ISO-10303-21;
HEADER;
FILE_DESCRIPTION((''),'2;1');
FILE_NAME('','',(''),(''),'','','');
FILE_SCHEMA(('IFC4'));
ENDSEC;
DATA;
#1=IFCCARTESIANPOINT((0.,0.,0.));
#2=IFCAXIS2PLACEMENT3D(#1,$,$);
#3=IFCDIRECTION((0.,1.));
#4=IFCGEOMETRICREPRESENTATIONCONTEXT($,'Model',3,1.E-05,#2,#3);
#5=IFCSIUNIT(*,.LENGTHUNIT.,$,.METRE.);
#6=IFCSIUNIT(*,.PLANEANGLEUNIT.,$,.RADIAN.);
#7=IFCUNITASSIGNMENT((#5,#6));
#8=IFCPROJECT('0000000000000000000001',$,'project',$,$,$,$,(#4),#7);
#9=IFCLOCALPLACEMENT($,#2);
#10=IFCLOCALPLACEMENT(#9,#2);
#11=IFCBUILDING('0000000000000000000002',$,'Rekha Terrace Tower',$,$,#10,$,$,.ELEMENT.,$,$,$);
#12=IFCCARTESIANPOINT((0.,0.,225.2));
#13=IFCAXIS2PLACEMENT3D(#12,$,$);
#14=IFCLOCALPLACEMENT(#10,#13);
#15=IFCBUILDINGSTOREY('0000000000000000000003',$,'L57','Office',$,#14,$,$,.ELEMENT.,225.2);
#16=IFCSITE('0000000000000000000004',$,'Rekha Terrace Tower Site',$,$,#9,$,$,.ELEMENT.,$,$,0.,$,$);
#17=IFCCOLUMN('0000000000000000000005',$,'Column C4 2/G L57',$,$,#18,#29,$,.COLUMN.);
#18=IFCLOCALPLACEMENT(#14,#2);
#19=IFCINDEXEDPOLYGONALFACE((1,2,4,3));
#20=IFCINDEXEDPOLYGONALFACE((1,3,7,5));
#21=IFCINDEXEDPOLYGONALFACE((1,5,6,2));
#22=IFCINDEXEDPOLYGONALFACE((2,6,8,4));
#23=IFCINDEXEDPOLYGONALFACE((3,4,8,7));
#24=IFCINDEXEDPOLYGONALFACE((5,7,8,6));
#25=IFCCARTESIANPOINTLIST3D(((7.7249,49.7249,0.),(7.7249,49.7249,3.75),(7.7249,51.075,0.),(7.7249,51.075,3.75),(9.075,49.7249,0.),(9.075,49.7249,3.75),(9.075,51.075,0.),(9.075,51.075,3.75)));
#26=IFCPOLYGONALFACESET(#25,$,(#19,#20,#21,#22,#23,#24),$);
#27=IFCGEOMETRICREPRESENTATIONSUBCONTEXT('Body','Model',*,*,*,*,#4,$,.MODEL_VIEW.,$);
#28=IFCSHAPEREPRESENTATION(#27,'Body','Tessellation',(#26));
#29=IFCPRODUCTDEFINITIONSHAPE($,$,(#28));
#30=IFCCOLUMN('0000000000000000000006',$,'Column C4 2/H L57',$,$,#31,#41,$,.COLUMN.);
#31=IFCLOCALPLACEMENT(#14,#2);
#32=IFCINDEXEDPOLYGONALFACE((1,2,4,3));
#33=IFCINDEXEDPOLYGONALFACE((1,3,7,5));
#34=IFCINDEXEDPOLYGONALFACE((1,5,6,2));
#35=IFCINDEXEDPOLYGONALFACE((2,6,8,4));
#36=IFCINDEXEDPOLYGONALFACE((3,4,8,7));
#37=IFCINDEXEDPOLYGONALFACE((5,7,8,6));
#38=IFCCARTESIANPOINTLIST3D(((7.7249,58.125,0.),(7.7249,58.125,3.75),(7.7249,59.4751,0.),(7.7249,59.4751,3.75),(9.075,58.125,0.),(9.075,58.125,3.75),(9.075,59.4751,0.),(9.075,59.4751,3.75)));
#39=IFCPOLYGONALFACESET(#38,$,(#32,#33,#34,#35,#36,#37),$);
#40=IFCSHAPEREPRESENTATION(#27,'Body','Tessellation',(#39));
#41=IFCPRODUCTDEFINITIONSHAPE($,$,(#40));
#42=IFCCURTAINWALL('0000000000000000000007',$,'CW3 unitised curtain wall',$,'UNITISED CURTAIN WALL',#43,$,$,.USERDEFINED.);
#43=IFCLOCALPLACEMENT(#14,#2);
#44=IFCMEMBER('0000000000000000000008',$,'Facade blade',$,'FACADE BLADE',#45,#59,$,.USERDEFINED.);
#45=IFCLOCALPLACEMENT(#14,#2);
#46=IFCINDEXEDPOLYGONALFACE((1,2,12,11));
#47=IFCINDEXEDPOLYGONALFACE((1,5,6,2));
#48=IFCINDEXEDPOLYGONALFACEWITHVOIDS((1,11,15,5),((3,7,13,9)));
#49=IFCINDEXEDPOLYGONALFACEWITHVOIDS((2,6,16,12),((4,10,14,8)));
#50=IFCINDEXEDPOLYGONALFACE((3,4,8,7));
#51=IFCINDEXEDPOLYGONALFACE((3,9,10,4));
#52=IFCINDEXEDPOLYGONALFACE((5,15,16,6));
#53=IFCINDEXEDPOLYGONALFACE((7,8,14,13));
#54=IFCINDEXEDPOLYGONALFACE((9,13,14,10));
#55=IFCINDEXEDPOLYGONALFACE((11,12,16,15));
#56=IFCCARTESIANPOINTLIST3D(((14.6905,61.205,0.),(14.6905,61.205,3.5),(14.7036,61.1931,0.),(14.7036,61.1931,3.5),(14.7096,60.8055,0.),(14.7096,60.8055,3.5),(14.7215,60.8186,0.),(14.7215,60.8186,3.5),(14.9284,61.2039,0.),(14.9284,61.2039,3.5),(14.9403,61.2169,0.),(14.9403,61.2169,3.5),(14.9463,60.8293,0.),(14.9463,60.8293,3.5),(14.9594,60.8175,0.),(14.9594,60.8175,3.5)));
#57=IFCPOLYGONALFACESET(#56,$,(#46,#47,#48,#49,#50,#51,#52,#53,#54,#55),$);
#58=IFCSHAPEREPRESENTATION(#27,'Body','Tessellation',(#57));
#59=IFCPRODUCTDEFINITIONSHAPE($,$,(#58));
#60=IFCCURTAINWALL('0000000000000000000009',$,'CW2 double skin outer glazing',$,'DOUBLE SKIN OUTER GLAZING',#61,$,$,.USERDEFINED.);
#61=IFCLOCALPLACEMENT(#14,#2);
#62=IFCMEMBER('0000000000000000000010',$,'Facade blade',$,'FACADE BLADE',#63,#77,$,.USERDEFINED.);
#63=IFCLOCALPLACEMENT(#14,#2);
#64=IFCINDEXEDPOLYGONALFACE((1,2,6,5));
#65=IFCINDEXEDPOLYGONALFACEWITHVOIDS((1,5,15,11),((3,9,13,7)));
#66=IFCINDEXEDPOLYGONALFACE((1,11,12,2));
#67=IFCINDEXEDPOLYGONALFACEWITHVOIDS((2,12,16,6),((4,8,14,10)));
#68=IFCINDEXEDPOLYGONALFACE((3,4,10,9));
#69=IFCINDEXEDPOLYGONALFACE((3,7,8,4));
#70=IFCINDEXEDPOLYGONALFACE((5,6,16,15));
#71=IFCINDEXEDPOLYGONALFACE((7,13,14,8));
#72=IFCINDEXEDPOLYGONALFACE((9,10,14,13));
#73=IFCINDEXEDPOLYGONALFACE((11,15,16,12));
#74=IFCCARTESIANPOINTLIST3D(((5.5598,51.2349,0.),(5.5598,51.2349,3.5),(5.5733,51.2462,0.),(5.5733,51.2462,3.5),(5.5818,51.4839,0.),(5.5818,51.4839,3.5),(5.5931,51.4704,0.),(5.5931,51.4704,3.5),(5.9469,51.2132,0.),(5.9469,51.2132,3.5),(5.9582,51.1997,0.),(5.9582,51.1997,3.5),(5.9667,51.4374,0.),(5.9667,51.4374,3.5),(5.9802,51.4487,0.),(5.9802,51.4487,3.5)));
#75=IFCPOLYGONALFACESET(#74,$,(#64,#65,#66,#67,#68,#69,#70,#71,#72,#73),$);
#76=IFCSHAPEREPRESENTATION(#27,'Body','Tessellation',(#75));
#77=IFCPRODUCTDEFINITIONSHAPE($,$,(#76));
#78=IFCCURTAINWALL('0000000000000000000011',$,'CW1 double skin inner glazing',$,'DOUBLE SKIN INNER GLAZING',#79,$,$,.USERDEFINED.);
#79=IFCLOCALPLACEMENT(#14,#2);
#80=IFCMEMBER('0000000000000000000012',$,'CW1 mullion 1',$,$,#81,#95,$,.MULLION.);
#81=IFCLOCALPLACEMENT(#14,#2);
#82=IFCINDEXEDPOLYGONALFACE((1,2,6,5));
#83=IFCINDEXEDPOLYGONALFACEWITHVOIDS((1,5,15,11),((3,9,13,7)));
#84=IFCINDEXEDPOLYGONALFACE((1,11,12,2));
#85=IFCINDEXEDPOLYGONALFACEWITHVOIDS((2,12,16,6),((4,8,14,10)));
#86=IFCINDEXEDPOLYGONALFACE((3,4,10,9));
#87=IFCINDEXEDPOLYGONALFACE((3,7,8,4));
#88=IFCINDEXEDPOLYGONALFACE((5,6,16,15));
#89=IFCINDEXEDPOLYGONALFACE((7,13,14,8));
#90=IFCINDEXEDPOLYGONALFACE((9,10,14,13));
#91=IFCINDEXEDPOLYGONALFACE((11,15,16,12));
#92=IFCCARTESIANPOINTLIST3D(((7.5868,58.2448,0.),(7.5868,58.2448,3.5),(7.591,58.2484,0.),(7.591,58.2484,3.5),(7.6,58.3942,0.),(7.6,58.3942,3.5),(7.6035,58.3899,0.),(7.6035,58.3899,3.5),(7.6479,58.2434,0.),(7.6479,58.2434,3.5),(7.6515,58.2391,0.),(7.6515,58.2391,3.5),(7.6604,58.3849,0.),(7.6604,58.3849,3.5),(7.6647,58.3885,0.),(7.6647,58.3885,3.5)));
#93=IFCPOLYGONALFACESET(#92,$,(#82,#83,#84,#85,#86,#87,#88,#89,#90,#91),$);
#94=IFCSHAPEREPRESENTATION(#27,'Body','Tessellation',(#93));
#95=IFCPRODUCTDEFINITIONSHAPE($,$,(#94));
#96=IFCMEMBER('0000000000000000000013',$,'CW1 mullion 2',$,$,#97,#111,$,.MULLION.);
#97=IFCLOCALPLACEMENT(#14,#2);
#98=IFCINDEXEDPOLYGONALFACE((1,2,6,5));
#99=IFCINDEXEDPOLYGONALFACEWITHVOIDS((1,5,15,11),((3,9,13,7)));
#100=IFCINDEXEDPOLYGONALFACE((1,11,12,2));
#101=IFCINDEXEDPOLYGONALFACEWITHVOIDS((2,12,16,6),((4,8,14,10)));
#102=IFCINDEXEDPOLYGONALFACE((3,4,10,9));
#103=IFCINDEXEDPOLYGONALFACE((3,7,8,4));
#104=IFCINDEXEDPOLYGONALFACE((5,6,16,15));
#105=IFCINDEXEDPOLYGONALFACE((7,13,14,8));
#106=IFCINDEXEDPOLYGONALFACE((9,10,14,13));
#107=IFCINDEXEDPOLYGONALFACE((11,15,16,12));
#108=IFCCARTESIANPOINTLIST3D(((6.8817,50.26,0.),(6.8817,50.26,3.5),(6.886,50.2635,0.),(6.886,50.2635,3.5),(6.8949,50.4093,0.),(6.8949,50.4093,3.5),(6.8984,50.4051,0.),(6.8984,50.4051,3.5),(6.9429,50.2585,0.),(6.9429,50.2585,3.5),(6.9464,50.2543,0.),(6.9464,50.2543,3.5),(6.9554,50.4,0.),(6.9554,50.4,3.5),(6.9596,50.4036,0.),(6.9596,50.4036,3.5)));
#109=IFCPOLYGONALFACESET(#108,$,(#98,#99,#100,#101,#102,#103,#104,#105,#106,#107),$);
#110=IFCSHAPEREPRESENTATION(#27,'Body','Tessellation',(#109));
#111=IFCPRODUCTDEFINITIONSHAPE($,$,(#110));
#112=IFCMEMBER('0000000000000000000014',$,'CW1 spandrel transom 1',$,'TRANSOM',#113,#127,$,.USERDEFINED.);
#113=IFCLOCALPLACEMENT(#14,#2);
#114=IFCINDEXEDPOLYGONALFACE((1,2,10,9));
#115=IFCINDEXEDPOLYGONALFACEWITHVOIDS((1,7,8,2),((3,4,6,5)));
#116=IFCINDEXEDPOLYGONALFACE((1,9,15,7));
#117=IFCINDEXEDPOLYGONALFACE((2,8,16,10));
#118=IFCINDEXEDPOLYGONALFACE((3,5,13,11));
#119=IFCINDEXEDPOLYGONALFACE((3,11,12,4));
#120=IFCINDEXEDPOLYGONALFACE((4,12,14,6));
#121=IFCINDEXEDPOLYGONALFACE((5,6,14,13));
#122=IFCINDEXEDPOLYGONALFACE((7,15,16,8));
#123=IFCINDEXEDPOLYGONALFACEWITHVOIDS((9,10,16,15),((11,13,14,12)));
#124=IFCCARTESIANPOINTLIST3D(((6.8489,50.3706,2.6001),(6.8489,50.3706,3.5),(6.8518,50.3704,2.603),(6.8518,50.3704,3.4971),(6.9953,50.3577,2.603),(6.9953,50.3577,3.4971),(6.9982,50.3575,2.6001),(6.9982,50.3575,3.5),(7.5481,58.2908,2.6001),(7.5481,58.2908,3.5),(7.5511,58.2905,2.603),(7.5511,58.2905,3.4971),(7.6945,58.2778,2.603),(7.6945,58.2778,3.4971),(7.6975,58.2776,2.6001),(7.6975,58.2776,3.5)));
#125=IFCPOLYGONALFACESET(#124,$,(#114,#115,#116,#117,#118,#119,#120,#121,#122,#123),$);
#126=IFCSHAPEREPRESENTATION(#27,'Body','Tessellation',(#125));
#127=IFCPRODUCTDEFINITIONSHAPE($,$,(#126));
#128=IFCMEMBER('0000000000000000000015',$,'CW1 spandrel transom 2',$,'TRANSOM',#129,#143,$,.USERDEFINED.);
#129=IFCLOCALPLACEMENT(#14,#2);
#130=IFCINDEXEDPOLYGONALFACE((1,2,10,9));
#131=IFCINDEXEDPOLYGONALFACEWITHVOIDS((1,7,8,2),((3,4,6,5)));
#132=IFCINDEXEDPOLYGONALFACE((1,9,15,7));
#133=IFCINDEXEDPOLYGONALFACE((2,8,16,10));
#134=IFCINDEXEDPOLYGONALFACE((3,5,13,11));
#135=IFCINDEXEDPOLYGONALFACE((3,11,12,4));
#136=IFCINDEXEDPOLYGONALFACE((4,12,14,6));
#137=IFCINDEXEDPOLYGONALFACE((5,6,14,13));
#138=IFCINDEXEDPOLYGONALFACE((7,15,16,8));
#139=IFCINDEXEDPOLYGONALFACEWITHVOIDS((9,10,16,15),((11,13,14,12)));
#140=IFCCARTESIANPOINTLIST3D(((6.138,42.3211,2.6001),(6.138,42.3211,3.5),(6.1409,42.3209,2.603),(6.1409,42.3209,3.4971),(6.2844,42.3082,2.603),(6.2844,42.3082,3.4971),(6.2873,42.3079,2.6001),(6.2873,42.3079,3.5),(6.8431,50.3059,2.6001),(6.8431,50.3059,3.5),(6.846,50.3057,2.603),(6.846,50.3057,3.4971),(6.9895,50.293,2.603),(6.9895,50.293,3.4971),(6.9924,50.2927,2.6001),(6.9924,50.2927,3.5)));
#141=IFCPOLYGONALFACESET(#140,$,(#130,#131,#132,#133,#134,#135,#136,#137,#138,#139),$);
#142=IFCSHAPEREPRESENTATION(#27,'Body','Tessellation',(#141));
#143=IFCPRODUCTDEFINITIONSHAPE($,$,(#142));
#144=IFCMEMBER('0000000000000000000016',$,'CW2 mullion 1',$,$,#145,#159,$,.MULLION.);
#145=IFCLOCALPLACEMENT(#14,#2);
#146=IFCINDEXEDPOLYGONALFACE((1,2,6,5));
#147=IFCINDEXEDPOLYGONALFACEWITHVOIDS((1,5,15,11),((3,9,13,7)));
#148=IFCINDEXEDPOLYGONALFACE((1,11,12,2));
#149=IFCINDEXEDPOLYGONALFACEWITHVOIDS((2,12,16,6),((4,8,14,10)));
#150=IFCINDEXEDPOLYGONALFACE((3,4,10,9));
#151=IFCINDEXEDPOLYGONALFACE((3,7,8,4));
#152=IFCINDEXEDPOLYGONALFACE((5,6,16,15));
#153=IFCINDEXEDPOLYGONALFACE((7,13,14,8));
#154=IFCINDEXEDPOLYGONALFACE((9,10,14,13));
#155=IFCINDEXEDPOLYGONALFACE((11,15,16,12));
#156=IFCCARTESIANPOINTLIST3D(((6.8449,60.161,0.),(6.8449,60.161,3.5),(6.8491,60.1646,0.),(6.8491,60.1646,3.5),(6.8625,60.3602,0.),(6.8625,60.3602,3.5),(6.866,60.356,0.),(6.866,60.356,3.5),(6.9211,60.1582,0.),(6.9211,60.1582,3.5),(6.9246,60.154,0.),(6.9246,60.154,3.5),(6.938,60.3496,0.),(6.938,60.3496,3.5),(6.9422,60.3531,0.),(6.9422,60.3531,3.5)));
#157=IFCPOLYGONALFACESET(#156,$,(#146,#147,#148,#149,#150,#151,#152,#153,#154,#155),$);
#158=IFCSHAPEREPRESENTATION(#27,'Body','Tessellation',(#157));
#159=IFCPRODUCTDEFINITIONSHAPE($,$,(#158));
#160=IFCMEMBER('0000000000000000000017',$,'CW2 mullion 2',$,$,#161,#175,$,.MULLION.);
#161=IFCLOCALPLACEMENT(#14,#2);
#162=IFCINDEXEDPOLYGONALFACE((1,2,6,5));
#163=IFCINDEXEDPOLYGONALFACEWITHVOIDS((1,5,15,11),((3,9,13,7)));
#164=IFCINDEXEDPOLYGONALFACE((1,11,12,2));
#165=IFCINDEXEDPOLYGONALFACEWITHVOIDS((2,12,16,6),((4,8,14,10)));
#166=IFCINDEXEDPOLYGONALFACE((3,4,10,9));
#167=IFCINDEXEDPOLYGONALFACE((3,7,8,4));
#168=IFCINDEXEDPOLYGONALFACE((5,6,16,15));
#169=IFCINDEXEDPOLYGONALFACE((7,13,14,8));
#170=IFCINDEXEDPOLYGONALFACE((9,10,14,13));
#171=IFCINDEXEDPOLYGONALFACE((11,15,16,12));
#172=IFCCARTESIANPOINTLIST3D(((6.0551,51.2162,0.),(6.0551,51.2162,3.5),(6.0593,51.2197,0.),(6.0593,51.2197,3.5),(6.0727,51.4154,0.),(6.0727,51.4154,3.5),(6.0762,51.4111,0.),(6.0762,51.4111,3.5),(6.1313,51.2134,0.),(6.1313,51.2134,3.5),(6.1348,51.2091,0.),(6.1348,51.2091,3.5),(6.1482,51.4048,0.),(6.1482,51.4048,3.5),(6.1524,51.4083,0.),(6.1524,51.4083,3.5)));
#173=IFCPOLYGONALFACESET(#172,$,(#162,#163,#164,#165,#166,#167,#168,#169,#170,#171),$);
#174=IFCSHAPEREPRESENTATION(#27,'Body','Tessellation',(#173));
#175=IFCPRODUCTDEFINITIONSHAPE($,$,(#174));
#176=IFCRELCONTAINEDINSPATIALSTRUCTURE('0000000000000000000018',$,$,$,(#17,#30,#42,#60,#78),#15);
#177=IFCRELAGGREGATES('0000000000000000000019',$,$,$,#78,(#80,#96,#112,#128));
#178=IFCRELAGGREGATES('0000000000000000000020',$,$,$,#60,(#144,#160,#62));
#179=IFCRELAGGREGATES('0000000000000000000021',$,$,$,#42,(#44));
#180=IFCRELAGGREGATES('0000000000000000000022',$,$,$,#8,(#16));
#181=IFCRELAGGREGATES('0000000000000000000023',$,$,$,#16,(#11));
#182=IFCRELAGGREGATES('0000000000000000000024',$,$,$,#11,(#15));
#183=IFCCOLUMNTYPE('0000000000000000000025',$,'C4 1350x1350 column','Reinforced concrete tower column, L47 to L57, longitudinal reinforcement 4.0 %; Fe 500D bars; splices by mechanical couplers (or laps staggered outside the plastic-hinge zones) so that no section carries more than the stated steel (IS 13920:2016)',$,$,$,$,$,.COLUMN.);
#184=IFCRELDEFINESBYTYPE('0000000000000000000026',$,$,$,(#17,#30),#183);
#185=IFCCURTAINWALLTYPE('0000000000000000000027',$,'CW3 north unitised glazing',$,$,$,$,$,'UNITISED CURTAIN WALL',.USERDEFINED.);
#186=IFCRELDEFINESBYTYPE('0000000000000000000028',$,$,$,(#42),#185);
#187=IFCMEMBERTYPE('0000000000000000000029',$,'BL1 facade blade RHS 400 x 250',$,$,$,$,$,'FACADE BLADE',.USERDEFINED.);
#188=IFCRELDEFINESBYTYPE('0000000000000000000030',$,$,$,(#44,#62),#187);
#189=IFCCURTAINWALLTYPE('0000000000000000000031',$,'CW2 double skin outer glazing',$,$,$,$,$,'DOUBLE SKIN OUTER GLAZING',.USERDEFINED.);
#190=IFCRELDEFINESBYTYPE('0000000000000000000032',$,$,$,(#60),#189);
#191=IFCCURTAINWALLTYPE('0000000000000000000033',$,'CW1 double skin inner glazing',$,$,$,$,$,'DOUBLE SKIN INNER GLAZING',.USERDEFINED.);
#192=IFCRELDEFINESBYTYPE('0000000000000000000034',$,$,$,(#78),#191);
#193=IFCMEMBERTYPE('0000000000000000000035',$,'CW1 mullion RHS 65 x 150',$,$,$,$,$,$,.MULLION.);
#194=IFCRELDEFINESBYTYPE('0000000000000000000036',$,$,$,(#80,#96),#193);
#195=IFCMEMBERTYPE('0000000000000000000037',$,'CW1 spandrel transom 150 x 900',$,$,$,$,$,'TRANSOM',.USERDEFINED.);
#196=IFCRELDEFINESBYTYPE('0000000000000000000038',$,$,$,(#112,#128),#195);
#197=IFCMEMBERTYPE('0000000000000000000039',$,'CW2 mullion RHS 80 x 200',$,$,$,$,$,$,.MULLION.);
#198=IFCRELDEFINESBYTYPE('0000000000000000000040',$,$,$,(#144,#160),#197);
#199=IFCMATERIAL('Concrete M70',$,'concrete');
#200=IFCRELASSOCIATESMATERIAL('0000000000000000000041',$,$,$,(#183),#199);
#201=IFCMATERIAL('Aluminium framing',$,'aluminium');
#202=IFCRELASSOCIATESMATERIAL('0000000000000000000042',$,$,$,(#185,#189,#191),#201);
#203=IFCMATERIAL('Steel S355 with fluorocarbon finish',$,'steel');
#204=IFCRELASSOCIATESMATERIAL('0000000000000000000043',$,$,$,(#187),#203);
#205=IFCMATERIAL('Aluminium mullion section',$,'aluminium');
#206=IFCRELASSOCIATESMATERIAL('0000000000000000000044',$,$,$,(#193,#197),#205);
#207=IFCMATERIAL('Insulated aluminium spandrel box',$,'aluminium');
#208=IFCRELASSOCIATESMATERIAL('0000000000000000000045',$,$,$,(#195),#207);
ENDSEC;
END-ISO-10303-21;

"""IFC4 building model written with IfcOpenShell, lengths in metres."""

from ifc_helpers import new_model, si_unit, direction, frame, origin, origin_2d, place, context, subcontext, project, spatial, rectangle, hollow_rectangle, extrude, material, material_profile, profile_set, type_object, element, aggregate, save


model = new_model("IFC4")

# Units and contexts
model_context = context("Model", 3, precision=1e-05, world=origin(), true_north=direction((0.0, 1.0)))
body_context = subcontext(model_context, "Body", "Model", "MODEL_VIEW")
ifc_project = project(units=[si_unit("LENGTHUNIT", "METRE"), si_unit("PLANEANGLEUNIT", "RADIAN")], contexts=[model_context])

# Site, building, storey
site_placement = place(None, origin())
site = spatial("IfcSite", under=ifc_project, at=site_placement, Name="Rekha Terrace Tower Site", CompositionType="ELEMENT", RefElevation=0.0)
building_placement = place(site_placement, origin())
building = spatial("IfcBuilding", under=site, at=building_placement, Name="Rekha Terrace Tower", CompositionType="ELEMENT")
storey_placement = place(building_placement, frame((0.0, 0.0, 225.2)))
storey = spatial("IfcBuildingStorey", under=building, at=storey_placement, Name="L57", Description="Office", CompositionType="ELEMENT", Elevation=225.2)

# Columns
ifc_material_1 = material(Name="Concrete M70", Category="concrete")
ifc_material_profile_1 = material_profile(ifc_material_1, rectangle(XDim=1.3501, YDim=1.3501, at=origin_2d()), Name="RC 1350x1350")
ifc_profile_set_1 = profile_set([ifc_material_profile_1], Name="Concrete M70")
column_type = type_object("IfcColumnType", Name="C4 1350x1350 column", Description="Reinforced concrete tower column, L47 to L57, longitudinal reinforcement 4.0 %; Fe 500D bars; splices by mechanical couplers (or laps staggered outside the plastic-hinge zones) so that no section carries more than the stated steel (IS 13920:2016)", PredefinedType="COLUMN", material=ifc_profile_set_1)
for number, where, z_axis, x_axis, name in (
    (1, (8.3999, 50.3999, 0.0), (0.0, 0.0, 1.0), (1.0, 0.0, 0.0), "Column C4 2/G L57"),
    (2, (8.3999, 58.8, 0.0), (0.0, 0.0, 1.0), (1.0, 0.0, 0.0), "Column C4 2/H L57"),
):
    element("IfcColumn", number, at=place(storey_placement, frame(where, z_axis=z_axis, x_axis=x_axis)), inside=storey, type_object=column_type, Name=name, PredefinedType="COLUMN", context=body_context, shape_type="SweptSolid", body=[
        extrude(rectangle(XDim=1.3501, YDim=1.3501, at=origin_2d()), origin(), (0.0, 0.0, 1.0), 3.75),
    ])

# Curtain walls, members
ifc_material_2 = material(Name="Aluminium framing", Category="aluminium")
curtain_wall_type_1 = type_object("IfcCurtainWallType", Name="CW3 north unitised glazing", ElementType="UNITISED CURTAIN WALL", PredefinedType="USERDEFINED", material=ifc_material_2)
curtain_wall_1_placement = place(storey_placement, origin())
curtain_wall_1 = element("IfcCurtainWall", 3, at=curtain_wall_1_placement, inside=storey, type_object=curtain_wall_type_1, Name="CW3 unitised curtain wall", ObjectType="UNITISED CURTAIN WALL", PredefinedType="USERDEFINED")
ifc_material_3 = material(Name="Steel S355 with fluorocarbon finish", Category="steel")
ifc_material_profile_2 = material_profile(ifc_material_3, hollow_rectangle(XDim=0.25, YDim=0.3999, WallThickness=0.0125, at=origin_2d()), Name="RHS400x250x12.5")
ifc_profile_set_2 = profile_set([ifc_material_profile_2], Name="Steel S355 with fluorocarbon finish")
member_type_1 = type_object("IfcMemberType", Name="BL1 facade blade RHS 400 x 250", ElementType="FACADE BLADE", PredefinedType="USERDEFINED", material=ifc_profile_set_2)
member_1_placement = place(storey_placement, frame((14.825, 61.0112, 0.0), z_axis=(0.0, 0.0, 1.0), x_axis=(-0.998859, -0.047758, 0.0)))
member_1 = element("IfcMember", 4, at=member_1_placement, type_object=member_type_1, Name="Facade blade", ObjectType="FACADE BLADE", PredefinedType="USERDEFINED", context=body_context, shape_type="SweptSolid", body=[
    extrude(hollow_rectangle(XDim=0.25, YDim=0.3999, WallThickness=0.0125, at=origin_2d()), origin(), (0.0, 0.0, 1.0), 3.5),
])
curtain_wall_type_2 = type_object("IfcCurtainWallType", Name="CW2 double skin outer glazing", ElementType="DOUBLE SKIN OUTER GLAZING", PredefinedType="USERDEFINED", material=ifc_material_2)
curtain_wall_2_placement = place(storey_placement, origin())
curtain_wall_2 = element("IfcCurtainWall", 5, at=curtain_wall_2_placement, inside=storey, type_object=curtain_wall_type_2, Name="CW2 double skin outer glazing", ObjectType="DOUBLE SKIN OUTER GLAZING", PredefinedType="USERDEFINED")
member_2_placement = place(storey_placement, frame((5.77, 51.3418, 0.0), z_axis=(0.0, 0.0, 1.0), x_axis=(-0.087957, -0.996124, 0.0)))
member_2 = element("IfcMember", 6, at=member_2_placement, type_object=member_type_1, Name="Facade blade", ObjectType="FACADE BLADE", PredefinedType="USERDEFINED", context=body_context, shape_type="SweptSolid", body=[
    extrude(hollow_rectangle(XDim=0.25, YDim=0.3999, WallThickness=0.0125, at=origin_2d()), origin(), (0.0, 0.0, 1.0), 3.5),
])

# Curtain wall, members
curtain_wall_type_3 = type_object("IfcCurtainWallType", Name="CW1 double skin inner glazing", ElementType="DOUBLE SKIN INNER GLAZING", PredefinedType="USERDEFINED", material=ifc_material_2)
curtain_wall_3_placement = place(storey_placement, origin())
curtain_wall_3 = element("IfcCurtainWall", 7, at=curtain_wall_3_placement, inside=storey, type_object=curtain_wall_type_3, Name="CW1 double skin inner glazing", ObjectType="DOUBLE SKIN INNER GLAZING", PredefinedType="USERDEFINED")
ifc_material_4 = material(Name="Aluminium mullion section", Category="aluminium")
ifc_material_profile_3 = material_profile(ifc_material_4, hollow_rectangle(XDim=0.0649, YDim=0.1499, WallThickness=0.0039, at=origin_2d()), Name="AL RHS 65x150")
ifc_profile_set_3 = profile_set([ifc_material_profile_3], Name="Aluminium mullion section")
member_type_2 = type_object("IfcMemberType", Name="CW1 mullion RHS 65 x 150", PredefinedType="MULLION", material=ifc_profile_set_3)
member_3_placement = place(storey_placement, frame((7.6257, 58.3167, 0.0), z_axis=(0.0, 0.0, 1.0), x_axis=(0.996124, -0.087958, 0.0)))
member_3 = element("IfcMember", 8, at=member_3_placement, type_object=member_type_2, Name="CW1 mullion 1", PredefinedType="MULLION", context=body_context, shape_type="SweptSolid", body=[
    extrude(hollow_rectangle(XDim=0.0649, YDim=0.1499, WallThickness=0.0039, at=origin_2d()), origin(), (0.0, 0.0, 1.0), 3.5),
])
member_4_placement = place(storey_placement, frame((6.9207, 50.3318, 0.0), z_axis=(0.0, 0.0, 1.0), x_axis=(0.996124, -0.087958, 0.0)))
member_4 = element("IfcMember", 9, at=member_4_placement, type_object=member_type_2, Name="CW1 mullion 2", PredefinedType="MULLION", context=body_context, shape_type="SweptSolid", body=[
    extrude(hollow_rectangle(XDim=0.0649, YDim=0.1499, WallThickness=0.0039, at=origin_2d()), origin(), (0.0, 0.0, 1.0), 3.5),
])
ifc_material_5 = material(Name="Insulated aluminium spandrel box", Category="aluminium")
ifc_material_profile_4 = material_profile(ifc_material_5, hollow_rectangle(XDim=0.1499, YDim=0.8999, WallThickness=0.0029, at=origin_2d()), Name="AL SPANDREL BOX 150x900")
ifc_profile_set_4 = profile_set([ifc_material_profile_4], Name="Insulated aluminium spandrel box")
member_type_3 = type_object("IfcMemberType", Name="CW1 spandrel transom 150 x 900", ElementType="TRANSOM", PredefinedType="USERDEFINED", material=ifc_profile_set_4)
member_5_placement = place(storey_placement, frame((7.6228, 58.2842, 3.05), z_axis=(-0.087941, -0.996126, 0.0), x_axis=(0.996126, -0.087941, 0.0)))
member_5 = element("IfcMember", 10, at=member_5_placement, type_object=member_type_3, Name="CW1 spandrel transom 1", ObjectType="TRANSOM", PredefinedType="USERDEFINED", context=body_context, shape_type="SweptSolid", body=[
    extrude(hollow_rectangle(XDim=0.1499, YDim=0.8999, WallThickness=0.0029, at=origin_2d()), origin(), (0.0, 0.0, 1.0), 7.9509),
])
member_6_placement = place(storey_placement, frame((6.9177, 50.2993, 3.05), z_axis=(-0.08796, -0.996124, 0.0), x_axis=(0.996124, -0.08796, 0.0)))
member_6 = element("IfcMember", 11, at=member_6_placement, type_object=member_type_3, Name="CW1 spandrel transom 2", ObjectType="TRANSOM", PredefinedType="USERDEFINED", context=body_context, shape_type="SweptSolid", body=[
    extrude(hollow_rectangle(XDim=0.1499, YDim=0.8999, WallThickness=0.0029, at=origin_2d()), origin(), (0.0, 0.0, 1.0), 8.0159),
])

# Members
ifc_material_profile_5 = material_profile(ifc_material_4, hollow_rectangle(XDim=0.0801, YDim=0.2, WallThickness=0.0039, at=origin_2d()), Name="AL RHS 80x200")
ifc_profile_set_5 = profile_set([ifc_material_profile_5], Name="Aluminium mullion section")
member_type_4 = type_object("IfcMemberType", Name="CW2 mullion RHS 80 x 200", PredefinedType="MULLION", material=ifc_profile_set_5)
member_7_placement = place(storey_placement, frame((6.8936, 60.2571, 0.0), z_axis=(0.0, 0.0, 1.0), x_axis=(0.996124, -0.087958, 0.0)))
member_7 = element("IfcMember", 12, at=member_7_placement, type_object=member_type_4, Name="CW2 mullion 1", PredefinedType="MULLION", context=body_context, shape_type="SweptSolid", body=[
    extrude(hollow_rectangle(XDim=0.0801, YDim=0.2, WallThickness=0.0039, at=origin_2d()), origin(), (0.0, 0.0, 1.0), 3.5),
])
member_8_placement = place(storey_placement, frame((6.1038, 51.3123, 0.0), z_axis=(0.0, 0.0, 1.0), x_axis=(0.996124, -0.087958, 0.0)))
member_8 = element("IfcMember", 13, at=member_8_placement, type_object=member_type_4, Name="CW2 mullion 2", PredefinedType="MULLION", context=body_context, shape_type="SweptSolid", body=[
    extrude(hollow_rectangle(XDim=0.0801, YDim=0.2, WallThickness=0.0039, at=origin_2d()), origin(), (0.0, 0.0, 1.0), 3.5),
])

aggregate(curtain_wall_3, [member_3, member_4, member_5, member_6])
aggregate(curtain_wall_2, [member_7, member_8, member_2])
aggregate(curtain_wall_1, [member_1])

save(model, "model.ifc")
